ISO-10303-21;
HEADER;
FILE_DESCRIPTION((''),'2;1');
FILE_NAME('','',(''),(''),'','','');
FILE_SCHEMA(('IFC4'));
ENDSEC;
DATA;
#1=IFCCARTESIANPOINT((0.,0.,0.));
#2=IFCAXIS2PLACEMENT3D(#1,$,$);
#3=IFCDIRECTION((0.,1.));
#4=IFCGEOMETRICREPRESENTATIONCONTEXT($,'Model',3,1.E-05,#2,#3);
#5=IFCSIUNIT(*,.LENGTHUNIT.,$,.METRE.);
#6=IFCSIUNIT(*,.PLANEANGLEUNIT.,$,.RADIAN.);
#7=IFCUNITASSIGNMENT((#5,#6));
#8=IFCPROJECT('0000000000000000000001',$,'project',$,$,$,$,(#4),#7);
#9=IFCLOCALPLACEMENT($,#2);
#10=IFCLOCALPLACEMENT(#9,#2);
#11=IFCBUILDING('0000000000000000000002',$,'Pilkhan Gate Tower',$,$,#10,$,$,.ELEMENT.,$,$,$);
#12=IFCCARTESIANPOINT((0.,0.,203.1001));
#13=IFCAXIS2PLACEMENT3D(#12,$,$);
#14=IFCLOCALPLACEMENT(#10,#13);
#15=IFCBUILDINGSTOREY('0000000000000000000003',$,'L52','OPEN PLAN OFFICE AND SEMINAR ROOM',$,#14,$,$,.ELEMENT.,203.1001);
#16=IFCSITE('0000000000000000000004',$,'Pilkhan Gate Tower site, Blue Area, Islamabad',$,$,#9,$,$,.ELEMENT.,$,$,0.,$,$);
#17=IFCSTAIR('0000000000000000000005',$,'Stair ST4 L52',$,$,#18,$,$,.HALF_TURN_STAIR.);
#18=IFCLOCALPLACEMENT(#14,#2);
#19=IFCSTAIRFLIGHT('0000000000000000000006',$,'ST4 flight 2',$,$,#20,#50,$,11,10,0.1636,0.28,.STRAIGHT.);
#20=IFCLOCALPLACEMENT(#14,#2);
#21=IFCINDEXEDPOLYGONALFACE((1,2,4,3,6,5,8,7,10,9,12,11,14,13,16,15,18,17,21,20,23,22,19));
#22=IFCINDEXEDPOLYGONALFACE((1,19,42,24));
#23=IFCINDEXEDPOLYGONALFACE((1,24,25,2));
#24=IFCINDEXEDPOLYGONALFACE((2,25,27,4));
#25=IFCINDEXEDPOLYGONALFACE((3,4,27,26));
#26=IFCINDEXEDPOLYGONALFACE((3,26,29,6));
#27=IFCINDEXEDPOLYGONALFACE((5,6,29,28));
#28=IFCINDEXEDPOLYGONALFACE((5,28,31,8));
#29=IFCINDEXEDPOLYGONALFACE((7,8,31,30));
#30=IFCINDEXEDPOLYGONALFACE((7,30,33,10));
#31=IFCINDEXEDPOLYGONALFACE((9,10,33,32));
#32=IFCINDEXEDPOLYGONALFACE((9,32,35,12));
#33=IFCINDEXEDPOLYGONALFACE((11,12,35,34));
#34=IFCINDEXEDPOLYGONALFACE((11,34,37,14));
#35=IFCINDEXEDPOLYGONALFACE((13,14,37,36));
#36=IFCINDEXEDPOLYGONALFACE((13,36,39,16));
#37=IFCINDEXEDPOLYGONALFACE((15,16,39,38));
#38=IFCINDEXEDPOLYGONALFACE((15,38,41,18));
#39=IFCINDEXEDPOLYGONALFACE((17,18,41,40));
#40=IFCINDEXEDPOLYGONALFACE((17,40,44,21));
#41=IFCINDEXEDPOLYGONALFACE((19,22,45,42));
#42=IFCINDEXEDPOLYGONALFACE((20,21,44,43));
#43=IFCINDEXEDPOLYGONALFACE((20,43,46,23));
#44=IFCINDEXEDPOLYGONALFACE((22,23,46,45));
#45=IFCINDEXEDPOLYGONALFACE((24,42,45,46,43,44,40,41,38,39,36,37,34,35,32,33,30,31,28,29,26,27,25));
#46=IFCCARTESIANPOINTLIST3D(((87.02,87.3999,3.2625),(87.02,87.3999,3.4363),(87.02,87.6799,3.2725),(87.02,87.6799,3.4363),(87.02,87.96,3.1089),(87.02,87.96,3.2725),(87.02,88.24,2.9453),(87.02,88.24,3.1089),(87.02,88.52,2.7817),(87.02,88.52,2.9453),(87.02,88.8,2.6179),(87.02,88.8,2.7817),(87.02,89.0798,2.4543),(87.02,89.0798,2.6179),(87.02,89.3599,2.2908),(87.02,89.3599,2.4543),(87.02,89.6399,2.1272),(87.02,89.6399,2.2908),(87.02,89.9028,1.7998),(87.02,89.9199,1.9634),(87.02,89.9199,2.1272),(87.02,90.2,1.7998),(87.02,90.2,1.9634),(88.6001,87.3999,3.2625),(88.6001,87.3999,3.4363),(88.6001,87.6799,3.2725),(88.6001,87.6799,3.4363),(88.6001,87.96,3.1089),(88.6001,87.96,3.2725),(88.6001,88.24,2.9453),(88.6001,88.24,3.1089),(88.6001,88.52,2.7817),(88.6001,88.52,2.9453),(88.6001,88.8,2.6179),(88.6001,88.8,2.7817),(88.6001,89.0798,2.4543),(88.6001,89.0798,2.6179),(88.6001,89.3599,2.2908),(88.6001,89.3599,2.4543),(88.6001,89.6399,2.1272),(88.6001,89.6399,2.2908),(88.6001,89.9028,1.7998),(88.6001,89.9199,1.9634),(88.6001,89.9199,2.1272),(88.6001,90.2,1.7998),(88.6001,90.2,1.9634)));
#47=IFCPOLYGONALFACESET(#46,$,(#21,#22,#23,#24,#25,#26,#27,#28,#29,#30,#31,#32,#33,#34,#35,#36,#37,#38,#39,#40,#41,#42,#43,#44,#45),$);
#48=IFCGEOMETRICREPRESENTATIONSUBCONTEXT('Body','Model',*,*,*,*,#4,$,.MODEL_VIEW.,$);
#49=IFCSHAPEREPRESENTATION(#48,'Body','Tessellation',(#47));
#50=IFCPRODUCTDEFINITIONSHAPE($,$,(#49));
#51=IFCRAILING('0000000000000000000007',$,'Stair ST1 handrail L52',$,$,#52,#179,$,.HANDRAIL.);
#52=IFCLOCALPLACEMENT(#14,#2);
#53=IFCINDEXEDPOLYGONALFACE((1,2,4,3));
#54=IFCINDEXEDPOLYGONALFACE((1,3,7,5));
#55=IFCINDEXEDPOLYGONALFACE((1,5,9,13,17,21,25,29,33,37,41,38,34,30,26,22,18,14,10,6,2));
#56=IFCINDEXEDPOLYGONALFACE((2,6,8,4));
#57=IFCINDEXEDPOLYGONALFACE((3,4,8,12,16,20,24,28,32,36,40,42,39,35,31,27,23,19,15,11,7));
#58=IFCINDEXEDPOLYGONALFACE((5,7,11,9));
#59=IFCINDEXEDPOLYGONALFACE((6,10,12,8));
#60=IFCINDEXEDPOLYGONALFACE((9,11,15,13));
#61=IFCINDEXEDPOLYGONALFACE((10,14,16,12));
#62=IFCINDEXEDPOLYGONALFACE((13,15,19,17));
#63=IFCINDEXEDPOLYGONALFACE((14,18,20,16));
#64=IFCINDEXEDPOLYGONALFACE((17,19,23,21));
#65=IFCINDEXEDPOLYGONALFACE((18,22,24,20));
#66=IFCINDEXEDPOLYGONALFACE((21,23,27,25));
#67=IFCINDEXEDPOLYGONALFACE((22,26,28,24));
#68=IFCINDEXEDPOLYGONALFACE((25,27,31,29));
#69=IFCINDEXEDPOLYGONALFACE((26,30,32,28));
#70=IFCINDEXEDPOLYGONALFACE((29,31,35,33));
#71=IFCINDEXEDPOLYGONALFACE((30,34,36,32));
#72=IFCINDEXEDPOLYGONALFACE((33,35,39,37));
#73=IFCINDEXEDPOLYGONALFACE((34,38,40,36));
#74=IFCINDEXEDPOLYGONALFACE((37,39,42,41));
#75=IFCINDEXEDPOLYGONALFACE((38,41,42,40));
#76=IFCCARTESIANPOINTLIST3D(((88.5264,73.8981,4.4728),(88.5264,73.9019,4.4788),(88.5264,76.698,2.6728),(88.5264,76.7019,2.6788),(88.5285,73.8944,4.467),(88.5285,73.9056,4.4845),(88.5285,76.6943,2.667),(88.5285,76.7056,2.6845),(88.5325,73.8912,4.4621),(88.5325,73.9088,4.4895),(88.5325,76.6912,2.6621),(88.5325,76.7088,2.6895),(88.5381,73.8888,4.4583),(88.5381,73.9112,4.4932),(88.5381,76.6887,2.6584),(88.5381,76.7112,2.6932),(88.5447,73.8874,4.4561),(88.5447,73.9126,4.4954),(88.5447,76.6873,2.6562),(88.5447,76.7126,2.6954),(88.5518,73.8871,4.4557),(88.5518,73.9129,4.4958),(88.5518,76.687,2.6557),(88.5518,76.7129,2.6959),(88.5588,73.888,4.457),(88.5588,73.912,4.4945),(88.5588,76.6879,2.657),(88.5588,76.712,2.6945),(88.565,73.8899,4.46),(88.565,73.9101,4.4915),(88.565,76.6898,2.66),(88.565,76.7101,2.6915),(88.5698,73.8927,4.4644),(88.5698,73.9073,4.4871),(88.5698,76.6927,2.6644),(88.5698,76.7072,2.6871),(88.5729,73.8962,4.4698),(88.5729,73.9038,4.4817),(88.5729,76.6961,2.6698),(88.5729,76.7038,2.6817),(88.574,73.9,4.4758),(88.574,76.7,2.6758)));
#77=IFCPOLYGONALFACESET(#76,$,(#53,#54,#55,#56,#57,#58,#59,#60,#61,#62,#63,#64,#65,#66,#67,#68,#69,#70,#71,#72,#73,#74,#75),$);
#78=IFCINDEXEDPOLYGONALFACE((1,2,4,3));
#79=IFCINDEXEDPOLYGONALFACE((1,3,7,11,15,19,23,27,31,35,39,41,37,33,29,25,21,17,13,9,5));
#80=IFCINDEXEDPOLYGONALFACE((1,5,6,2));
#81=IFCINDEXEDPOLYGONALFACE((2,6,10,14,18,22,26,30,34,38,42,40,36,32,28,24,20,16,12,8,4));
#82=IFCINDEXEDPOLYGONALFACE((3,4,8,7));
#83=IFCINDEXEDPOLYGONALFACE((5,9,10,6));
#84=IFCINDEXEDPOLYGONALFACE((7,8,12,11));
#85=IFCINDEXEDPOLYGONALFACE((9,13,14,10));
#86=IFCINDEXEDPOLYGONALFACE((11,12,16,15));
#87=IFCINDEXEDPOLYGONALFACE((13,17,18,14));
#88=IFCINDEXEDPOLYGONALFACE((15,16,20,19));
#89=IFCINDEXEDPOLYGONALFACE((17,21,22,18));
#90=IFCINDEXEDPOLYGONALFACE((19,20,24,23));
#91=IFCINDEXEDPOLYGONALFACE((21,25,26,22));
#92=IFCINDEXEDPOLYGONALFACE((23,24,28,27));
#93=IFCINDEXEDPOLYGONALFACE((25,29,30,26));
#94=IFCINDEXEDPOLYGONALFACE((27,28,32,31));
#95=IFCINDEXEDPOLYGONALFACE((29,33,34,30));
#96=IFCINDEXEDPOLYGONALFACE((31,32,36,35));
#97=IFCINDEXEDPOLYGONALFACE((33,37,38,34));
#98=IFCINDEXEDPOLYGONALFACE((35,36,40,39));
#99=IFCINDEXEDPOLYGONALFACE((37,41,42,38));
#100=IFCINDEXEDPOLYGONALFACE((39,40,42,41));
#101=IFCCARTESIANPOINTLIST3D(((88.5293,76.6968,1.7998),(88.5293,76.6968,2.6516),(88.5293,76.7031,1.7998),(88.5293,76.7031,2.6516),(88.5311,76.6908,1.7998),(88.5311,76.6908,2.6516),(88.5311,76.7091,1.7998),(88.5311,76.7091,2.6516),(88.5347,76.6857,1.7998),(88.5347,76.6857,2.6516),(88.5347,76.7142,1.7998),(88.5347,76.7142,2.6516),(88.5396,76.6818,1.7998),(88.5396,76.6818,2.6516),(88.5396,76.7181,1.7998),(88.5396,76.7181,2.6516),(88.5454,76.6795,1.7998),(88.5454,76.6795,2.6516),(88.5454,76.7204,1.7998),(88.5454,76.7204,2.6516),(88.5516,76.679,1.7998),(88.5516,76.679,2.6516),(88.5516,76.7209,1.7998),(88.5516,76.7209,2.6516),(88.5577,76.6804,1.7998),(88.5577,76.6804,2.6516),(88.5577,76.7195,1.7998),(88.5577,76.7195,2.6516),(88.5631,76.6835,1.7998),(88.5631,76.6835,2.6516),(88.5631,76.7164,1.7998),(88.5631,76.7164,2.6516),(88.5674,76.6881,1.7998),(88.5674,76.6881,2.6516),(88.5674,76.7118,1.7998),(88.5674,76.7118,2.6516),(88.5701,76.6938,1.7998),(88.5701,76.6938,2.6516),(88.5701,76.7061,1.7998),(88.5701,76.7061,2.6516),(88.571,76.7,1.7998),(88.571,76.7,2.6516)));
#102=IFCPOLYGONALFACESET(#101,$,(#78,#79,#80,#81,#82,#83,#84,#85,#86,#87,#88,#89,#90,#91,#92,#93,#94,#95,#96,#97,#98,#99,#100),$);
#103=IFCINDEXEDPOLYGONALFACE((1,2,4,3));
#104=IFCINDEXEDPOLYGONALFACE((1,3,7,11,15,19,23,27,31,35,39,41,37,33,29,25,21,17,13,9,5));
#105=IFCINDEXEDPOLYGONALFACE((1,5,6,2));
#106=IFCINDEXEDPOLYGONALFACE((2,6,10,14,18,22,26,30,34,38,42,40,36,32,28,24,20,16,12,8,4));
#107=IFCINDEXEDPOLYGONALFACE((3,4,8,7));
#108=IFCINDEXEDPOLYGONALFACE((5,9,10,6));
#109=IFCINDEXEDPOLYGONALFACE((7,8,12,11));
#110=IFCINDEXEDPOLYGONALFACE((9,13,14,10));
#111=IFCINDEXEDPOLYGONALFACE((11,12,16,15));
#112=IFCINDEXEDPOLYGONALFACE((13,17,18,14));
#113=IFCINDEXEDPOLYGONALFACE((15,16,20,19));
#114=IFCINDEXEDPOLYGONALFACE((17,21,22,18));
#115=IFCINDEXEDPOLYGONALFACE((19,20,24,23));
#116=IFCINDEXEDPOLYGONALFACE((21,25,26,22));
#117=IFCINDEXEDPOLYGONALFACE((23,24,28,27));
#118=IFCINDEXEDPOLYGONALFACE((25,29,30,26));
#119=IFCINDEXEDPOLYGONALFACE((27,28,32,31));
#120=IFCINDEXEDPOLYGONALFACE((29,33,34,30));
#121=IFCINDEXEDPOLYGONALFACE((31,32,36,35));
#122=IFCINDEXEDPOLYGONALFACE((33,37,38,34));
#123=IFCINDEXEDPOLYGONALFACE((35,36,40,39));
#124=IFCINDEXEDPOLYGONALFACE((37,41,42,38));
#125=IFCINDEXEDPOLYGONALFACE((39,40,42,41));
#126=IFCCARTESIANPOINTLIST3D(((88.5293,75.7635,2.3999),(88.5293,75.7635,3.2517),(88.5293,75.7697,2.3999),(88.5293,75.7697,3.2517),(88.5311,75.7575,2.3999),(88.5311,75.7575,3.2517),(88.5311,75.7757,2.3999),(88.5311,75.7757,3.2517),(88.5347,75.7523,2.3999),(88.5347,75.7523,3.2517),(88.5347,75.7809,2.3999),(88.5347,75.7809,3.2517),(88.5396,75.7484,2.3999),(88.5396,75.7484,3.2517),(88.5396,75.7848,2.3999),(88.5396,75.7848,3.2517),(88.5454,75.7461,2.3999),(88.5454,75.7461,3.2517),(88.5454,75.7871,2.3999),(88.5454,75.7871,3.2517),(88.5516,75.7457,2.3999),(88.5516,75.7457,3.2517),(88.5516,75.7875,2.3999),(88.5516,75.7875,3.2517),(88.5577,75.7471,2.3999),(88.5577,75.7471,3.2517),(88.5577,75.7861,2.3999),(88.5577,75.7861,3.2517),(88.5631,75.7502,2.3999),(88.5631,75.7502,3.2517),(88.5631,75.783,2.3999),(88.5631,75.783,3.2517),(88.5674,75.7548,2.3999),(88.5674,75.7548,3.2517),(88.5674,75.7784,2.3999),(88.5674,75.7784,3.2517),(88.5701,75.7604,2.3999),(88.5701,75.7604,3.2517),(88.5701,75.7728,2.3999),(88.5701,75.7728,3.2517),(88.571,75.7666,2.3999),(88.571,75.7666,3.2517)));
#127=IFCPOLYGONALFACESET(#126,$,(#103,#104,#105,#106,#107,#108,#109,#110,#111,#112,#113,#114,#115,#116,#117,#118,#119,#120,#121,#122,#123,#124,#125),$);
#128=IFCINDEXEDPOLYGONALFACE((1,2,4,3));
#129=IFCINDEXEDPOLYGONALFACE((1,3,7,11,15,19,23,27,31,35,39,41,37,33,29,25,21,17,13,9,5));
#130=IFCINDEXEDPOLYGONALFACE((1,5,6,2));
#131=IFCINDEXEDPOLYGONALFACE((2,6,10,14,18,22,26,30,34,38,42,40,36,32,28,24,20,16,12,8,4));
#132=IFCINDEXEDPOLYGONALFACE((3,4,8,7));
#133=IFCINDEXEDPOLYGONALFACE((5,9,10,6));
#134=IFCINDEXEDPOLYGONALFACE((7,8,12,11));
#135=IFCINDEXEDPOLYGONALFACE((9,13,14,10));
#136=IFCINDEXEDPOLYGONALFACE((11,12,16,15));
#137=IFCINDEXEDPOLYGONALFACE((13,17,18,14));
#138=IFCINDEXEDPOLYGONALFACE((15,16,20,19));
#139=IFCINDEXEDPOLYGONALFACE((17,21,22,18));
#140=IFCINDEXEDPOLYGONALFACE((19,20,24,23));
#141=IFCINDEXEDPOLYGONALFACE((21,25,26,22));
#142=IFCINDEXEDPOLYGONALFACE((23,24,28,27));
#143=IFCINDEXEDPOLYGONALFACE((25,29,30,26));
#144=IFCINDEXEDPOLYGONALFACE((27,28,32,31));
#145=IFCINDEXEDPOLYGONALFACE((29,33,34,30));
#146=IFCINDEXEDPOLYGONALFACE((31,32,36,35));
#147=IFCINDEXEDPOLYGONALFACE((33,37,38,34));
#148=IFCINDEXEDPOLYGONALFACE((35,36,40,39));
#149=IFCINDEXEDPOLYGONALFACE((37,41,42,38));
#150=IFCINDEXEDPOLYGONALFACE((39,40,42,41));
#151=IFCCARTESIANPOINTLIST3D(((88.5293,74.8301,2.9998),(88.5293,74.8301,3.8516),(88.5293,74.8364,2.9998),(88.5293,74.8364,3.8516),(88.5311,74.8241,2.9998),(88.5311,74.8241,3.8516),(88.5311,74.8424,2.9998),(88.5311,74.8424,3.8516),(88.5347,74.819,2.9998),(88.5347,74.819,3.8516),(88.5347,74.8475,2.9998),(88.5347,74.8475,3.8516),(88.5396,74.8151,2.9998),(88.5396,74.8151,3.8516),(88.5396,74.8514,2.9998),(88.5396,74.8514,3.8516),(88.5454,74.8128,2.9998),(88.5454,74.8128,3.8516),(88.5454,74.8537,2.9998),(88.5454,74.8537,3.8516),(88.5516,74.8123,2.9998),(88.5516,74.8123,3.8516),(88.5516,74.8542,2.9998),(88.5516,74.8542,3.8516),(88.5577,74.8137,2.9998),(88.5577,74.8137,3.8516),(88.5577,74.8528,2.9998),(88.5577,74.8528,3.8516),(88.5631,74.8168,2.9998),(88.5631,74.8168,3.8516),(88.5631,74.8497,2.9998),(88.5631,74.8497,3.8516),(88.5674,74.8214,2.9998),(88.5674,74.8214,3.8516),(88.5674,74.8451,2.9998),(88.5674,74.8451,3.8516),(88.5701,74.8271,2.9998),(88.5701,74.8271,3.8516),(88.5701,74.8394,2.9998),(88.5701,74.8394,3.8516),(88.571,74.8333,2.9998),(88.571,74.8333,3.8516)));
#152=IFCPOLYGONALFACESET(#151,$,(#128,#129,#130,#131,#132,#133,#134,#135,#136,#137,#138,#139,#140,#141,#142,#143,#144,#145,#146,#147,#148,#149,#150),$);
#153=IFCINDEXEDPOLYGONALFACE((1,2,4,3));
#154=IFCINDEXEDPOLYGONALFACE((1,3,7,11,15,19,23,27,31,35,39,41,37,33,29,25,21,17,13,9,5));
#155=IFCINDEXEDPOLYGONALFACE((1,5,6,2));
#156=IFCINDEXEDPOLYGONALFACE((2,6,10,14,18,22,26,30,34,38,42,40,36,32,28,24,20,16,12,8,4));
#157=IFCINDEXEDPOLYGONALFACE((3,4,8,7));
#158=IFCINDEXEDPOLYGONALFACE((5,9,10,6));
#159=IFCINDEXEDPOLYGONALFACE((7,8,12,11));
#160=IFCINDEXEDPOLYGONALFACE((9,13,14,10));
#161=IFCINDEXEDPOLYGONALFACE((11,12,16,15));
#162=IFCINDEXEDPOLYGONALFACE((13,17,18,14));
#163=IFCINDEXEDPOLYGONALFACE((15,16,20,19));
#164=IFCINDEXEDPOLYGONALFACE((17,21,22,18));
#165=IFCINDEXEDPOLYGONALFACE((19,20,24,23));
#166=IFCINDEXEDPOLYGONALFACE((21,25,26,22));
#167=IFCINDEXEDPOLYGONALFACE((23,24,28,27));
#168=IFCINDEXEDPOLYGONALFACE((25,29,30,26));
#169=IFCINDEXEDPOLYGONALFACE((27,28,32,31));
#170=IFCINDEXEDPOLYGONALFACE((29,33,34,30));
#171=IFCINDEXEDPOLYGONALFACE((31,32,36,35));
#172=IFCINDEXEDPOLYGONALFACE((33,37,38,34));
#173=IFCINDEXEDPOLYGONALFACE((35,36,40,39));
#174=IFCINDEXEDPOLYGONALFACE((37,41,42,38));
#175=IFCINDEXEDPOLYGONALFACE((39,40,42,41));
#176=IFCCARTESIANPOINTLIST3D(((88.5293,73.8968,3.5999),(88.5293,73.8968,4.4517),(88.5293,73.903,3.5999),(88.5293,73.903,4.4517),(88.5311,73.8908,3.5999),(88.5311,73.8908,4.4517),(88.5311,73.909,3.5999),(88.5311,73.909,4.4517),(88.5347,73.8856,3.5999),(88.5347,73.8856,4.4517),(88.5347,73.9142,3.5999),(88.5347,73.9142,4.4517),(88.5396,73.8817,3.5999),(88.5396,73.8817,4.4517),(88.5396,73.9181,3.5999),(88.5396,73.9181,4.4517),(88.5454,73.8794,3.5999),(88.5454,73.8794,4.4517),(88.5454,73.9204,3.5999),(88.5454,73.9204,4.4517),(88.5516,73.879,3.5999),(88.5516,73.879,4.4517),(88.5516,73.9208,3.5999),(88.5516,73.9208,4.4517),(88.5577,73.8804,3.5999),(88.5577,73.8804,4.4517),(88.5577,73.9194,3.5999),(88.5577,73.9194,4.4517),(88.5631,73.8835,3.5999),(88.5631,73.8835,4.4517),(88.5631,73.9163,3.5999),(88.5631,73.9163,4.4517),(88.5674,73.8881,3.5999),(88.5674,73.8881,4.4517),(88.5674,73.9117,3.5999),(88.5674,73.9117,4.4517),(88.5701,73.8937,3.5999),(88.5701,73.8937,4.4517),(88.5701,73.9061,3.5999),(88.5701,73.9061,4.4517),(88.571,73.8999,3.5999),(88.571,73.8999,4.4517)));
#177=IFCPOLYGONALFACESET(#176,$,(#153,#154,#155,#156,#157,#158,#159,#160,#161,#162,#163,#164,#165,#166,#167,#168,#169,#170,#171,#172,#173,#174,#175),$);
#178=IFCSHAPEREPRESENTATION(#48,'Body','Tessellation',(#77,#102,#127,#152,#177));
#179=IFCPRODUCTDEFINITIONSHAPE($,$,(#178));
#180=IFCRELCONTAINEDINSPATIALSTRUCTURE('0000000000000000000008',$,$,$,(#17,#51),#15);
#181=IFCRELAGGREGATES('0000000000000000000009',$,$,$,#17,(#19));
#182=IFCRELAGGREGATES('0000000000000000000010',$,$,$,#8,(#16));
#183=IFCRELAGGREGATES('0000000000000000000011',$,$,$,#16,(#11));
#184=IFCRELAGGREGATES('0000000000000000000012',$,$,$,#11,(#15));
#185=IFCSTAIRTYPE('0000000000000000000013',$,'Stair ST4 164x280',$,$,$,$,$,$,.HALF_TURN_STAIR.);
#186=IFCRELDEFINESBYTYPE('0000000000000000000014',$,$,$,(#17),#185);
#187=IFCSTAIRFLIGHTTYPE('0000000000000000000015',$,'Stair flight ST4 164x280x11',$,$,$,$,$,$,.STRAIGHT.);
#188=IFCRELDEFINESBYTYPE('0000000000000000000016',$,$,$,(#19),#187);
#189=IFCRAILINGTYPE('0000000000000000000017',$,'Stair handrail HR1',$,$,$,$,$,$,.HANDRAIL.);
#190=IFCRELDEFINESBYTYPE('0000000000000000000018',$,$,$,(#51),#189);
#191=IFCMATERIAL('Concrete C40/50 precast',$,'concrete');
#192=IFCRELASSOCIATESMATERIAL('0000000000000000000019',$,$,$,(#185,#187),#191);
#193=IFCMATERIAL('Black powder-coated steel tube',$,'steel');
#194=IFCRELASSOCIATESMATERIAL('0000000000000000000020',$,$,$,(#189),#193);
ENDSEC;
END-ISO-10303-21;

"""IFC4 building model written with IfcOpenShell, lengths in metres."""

from ifc_helpers import new_model, si_unit, direction, frame, origin, origin_2d, place, context, subcontext, project, spatial, polyline, circle, outline, extrude, material, type_object, element, aggregate, save


model = new_model("IFC4")

# Units and contexts
model_context = context("Model", 3, precision=1e-05, world=origin(), true_north=direction((0.0, 1.0)))
body_context = subcontext(model_context, "Body", "Model", "MODEL_VIEW")
ifc_project = project(units=[si_unit("LENGTHUNIT", "METRE"), si_unit("PLANEANGLEUNIT", "RADIAN")], contexts=[model_context])

# Site, building, storey
site_placement = place(None, origin())
site = spatial("IfcSite", under=ifc_project, at=site_placement, Name="Pilkhan Gate Tower site, Blue Area, Islamabad", CompositionType="ELEMENT", RefElevation=0.0)
building_placement = place(site_placement, origin())
building = spatial("IfcBuilding", under=site, at=building_placement, Name="Pilkhan Gate Tower", CompositionType="ELEMENT")
storey_placement = place(building_placement, frame((0.0, 0.0, 203.1001)))
storey = spatial("IfcBuildingStorey", under=building, at=storey_placement, Name="L52", Description="OPEN PLAN OFFICE AND SEMINAR ROOM", CompositionType="ELEMENT", Elevation=203.1001)

# Shared definitions
ifc_material_1 = material(Name="Concrete C40/50 precast", Category="concrete")

# Stair, stair flight
stair_type_1 = type_object("IfcStairType", Name="Stair ST4 164x280", PredefinedType="HALF_TURN_STAIR", material=ifc_material_1)
stair_1_placement = place(storey_placement, origin())
stair_1 = element("IfcStair", 1, at=stair_1_placement, inside=storey, type_object=stair_type_1, Name="Stair ST4 L52", PredefinedType="HALF_TURN_STAIR")
stair_flight_type_1 = type_object("IfcStairFlightType", Name="Stair flight ST4 164x280x11", PredefinedType="STRAIGHT", material=ifc_material_1)
stair_flight_1_placement = place(storey_placement, frame((87.8101, 90.2, 1.7998), z_axis=(0.0, 0.0, 1.0), x_axis=(0.0, -1.0, 0.0)))
stair_flight_1 = element("IfcStairFlight", 2, at=stair_flight_1_placement, type_object=stair_flight_type_1, Name="ST4 flight 2", NumberOfRisers=11, NumberOfTreads=10, PredefinedType="STRAIGHT", RiserHeight=0.1636, TreadLength=0.28, context=body_context, shape_type="SweptSolid", body=[
    extrude(outline(polyline([(0.0, 0.0), (0.0, 0.1636), (0.28, 0.1636), (0.28, 0.3274), (0.5601, 0.3274), (0.5601, 0.491), (0.8401, 0.491), (0.8401, 0.6545), (1.1201, 0.6545), (1.1201, 0.8181), (1.3999, 0.8181), (1.3999, 0.9819), (1.6799, 0.9819), (1.6799, 1.1455), (1.96, 1.1455), (1.96, 1.3091), (2.24, 1.3091), (2.24, 1.4727), (2.52, 1.4727), (2.52, 1.6365), (2.8, 1.6365), (2.8, 1.8), (2.8, 1.4626), (0.2971, 0.0), (0.0, 0.0)])), frame((0.0, 0.79, 0.0), z_axis=(0.0, -1.0, 0.0), x_axis=(1.0, 0.0, 0.0)), (0.0, 0.0, 1.0), 1.5801),
])
aggregate(stair_1, [stair_flight_1])

# Railing
ifc_material_2 = material(Name="Black powder-coated steel tube", Category="steel")
railing_type_1 = type_object("IfcRailingType", Name="Stair handrail HR1", PredefinedType="HANDRAIL", material=ifc_material_2)
railing_1_placement = place(storey_placement, frame((88.55, 76.7, 1.7998)))
element("IfcRailing", 3, at=railing_1_placement, inside=storey, type_object=railing_type_1, Name="Stair ST1 handrail L52", PredefinedType="HANDRAIL", context=body_context, shape_type="SweptSolid", body=[
    extrude(circle(Radius=0.0239, at=origin_2d()), frame((0.0, 0.0, 0.876), z_axis=(0.0, -0.841176, 0.540761), x_axis=(1.0, 0.0, 0.0)), (0.0, 0.0, 1.0), 3.3286),
    extrude(circle(Radius=0.021, at=origin_2d()), origin(), (0.0, 0.0, 1.0), 0.8518),
    extrude(circle(Radius=0.021, at=origin_2d()), frame((0.0, -0.9333, 0.6001)), (0.0, 0.0, 1.0), 0.8518),
    extrude(circle(Radius=0.021, at=origin_2d()), frame((0.0, -1.8667, 1.2)), (0.0, 0.0, 1.0), 0.8518),
    extrude(circle(Radius=0.021, at=origin_2d()), frame((0.0, -2.8, 1.8)), (0.0, 0.0, 1.0), 0.8518),
])

save(model, "model.ifc")
